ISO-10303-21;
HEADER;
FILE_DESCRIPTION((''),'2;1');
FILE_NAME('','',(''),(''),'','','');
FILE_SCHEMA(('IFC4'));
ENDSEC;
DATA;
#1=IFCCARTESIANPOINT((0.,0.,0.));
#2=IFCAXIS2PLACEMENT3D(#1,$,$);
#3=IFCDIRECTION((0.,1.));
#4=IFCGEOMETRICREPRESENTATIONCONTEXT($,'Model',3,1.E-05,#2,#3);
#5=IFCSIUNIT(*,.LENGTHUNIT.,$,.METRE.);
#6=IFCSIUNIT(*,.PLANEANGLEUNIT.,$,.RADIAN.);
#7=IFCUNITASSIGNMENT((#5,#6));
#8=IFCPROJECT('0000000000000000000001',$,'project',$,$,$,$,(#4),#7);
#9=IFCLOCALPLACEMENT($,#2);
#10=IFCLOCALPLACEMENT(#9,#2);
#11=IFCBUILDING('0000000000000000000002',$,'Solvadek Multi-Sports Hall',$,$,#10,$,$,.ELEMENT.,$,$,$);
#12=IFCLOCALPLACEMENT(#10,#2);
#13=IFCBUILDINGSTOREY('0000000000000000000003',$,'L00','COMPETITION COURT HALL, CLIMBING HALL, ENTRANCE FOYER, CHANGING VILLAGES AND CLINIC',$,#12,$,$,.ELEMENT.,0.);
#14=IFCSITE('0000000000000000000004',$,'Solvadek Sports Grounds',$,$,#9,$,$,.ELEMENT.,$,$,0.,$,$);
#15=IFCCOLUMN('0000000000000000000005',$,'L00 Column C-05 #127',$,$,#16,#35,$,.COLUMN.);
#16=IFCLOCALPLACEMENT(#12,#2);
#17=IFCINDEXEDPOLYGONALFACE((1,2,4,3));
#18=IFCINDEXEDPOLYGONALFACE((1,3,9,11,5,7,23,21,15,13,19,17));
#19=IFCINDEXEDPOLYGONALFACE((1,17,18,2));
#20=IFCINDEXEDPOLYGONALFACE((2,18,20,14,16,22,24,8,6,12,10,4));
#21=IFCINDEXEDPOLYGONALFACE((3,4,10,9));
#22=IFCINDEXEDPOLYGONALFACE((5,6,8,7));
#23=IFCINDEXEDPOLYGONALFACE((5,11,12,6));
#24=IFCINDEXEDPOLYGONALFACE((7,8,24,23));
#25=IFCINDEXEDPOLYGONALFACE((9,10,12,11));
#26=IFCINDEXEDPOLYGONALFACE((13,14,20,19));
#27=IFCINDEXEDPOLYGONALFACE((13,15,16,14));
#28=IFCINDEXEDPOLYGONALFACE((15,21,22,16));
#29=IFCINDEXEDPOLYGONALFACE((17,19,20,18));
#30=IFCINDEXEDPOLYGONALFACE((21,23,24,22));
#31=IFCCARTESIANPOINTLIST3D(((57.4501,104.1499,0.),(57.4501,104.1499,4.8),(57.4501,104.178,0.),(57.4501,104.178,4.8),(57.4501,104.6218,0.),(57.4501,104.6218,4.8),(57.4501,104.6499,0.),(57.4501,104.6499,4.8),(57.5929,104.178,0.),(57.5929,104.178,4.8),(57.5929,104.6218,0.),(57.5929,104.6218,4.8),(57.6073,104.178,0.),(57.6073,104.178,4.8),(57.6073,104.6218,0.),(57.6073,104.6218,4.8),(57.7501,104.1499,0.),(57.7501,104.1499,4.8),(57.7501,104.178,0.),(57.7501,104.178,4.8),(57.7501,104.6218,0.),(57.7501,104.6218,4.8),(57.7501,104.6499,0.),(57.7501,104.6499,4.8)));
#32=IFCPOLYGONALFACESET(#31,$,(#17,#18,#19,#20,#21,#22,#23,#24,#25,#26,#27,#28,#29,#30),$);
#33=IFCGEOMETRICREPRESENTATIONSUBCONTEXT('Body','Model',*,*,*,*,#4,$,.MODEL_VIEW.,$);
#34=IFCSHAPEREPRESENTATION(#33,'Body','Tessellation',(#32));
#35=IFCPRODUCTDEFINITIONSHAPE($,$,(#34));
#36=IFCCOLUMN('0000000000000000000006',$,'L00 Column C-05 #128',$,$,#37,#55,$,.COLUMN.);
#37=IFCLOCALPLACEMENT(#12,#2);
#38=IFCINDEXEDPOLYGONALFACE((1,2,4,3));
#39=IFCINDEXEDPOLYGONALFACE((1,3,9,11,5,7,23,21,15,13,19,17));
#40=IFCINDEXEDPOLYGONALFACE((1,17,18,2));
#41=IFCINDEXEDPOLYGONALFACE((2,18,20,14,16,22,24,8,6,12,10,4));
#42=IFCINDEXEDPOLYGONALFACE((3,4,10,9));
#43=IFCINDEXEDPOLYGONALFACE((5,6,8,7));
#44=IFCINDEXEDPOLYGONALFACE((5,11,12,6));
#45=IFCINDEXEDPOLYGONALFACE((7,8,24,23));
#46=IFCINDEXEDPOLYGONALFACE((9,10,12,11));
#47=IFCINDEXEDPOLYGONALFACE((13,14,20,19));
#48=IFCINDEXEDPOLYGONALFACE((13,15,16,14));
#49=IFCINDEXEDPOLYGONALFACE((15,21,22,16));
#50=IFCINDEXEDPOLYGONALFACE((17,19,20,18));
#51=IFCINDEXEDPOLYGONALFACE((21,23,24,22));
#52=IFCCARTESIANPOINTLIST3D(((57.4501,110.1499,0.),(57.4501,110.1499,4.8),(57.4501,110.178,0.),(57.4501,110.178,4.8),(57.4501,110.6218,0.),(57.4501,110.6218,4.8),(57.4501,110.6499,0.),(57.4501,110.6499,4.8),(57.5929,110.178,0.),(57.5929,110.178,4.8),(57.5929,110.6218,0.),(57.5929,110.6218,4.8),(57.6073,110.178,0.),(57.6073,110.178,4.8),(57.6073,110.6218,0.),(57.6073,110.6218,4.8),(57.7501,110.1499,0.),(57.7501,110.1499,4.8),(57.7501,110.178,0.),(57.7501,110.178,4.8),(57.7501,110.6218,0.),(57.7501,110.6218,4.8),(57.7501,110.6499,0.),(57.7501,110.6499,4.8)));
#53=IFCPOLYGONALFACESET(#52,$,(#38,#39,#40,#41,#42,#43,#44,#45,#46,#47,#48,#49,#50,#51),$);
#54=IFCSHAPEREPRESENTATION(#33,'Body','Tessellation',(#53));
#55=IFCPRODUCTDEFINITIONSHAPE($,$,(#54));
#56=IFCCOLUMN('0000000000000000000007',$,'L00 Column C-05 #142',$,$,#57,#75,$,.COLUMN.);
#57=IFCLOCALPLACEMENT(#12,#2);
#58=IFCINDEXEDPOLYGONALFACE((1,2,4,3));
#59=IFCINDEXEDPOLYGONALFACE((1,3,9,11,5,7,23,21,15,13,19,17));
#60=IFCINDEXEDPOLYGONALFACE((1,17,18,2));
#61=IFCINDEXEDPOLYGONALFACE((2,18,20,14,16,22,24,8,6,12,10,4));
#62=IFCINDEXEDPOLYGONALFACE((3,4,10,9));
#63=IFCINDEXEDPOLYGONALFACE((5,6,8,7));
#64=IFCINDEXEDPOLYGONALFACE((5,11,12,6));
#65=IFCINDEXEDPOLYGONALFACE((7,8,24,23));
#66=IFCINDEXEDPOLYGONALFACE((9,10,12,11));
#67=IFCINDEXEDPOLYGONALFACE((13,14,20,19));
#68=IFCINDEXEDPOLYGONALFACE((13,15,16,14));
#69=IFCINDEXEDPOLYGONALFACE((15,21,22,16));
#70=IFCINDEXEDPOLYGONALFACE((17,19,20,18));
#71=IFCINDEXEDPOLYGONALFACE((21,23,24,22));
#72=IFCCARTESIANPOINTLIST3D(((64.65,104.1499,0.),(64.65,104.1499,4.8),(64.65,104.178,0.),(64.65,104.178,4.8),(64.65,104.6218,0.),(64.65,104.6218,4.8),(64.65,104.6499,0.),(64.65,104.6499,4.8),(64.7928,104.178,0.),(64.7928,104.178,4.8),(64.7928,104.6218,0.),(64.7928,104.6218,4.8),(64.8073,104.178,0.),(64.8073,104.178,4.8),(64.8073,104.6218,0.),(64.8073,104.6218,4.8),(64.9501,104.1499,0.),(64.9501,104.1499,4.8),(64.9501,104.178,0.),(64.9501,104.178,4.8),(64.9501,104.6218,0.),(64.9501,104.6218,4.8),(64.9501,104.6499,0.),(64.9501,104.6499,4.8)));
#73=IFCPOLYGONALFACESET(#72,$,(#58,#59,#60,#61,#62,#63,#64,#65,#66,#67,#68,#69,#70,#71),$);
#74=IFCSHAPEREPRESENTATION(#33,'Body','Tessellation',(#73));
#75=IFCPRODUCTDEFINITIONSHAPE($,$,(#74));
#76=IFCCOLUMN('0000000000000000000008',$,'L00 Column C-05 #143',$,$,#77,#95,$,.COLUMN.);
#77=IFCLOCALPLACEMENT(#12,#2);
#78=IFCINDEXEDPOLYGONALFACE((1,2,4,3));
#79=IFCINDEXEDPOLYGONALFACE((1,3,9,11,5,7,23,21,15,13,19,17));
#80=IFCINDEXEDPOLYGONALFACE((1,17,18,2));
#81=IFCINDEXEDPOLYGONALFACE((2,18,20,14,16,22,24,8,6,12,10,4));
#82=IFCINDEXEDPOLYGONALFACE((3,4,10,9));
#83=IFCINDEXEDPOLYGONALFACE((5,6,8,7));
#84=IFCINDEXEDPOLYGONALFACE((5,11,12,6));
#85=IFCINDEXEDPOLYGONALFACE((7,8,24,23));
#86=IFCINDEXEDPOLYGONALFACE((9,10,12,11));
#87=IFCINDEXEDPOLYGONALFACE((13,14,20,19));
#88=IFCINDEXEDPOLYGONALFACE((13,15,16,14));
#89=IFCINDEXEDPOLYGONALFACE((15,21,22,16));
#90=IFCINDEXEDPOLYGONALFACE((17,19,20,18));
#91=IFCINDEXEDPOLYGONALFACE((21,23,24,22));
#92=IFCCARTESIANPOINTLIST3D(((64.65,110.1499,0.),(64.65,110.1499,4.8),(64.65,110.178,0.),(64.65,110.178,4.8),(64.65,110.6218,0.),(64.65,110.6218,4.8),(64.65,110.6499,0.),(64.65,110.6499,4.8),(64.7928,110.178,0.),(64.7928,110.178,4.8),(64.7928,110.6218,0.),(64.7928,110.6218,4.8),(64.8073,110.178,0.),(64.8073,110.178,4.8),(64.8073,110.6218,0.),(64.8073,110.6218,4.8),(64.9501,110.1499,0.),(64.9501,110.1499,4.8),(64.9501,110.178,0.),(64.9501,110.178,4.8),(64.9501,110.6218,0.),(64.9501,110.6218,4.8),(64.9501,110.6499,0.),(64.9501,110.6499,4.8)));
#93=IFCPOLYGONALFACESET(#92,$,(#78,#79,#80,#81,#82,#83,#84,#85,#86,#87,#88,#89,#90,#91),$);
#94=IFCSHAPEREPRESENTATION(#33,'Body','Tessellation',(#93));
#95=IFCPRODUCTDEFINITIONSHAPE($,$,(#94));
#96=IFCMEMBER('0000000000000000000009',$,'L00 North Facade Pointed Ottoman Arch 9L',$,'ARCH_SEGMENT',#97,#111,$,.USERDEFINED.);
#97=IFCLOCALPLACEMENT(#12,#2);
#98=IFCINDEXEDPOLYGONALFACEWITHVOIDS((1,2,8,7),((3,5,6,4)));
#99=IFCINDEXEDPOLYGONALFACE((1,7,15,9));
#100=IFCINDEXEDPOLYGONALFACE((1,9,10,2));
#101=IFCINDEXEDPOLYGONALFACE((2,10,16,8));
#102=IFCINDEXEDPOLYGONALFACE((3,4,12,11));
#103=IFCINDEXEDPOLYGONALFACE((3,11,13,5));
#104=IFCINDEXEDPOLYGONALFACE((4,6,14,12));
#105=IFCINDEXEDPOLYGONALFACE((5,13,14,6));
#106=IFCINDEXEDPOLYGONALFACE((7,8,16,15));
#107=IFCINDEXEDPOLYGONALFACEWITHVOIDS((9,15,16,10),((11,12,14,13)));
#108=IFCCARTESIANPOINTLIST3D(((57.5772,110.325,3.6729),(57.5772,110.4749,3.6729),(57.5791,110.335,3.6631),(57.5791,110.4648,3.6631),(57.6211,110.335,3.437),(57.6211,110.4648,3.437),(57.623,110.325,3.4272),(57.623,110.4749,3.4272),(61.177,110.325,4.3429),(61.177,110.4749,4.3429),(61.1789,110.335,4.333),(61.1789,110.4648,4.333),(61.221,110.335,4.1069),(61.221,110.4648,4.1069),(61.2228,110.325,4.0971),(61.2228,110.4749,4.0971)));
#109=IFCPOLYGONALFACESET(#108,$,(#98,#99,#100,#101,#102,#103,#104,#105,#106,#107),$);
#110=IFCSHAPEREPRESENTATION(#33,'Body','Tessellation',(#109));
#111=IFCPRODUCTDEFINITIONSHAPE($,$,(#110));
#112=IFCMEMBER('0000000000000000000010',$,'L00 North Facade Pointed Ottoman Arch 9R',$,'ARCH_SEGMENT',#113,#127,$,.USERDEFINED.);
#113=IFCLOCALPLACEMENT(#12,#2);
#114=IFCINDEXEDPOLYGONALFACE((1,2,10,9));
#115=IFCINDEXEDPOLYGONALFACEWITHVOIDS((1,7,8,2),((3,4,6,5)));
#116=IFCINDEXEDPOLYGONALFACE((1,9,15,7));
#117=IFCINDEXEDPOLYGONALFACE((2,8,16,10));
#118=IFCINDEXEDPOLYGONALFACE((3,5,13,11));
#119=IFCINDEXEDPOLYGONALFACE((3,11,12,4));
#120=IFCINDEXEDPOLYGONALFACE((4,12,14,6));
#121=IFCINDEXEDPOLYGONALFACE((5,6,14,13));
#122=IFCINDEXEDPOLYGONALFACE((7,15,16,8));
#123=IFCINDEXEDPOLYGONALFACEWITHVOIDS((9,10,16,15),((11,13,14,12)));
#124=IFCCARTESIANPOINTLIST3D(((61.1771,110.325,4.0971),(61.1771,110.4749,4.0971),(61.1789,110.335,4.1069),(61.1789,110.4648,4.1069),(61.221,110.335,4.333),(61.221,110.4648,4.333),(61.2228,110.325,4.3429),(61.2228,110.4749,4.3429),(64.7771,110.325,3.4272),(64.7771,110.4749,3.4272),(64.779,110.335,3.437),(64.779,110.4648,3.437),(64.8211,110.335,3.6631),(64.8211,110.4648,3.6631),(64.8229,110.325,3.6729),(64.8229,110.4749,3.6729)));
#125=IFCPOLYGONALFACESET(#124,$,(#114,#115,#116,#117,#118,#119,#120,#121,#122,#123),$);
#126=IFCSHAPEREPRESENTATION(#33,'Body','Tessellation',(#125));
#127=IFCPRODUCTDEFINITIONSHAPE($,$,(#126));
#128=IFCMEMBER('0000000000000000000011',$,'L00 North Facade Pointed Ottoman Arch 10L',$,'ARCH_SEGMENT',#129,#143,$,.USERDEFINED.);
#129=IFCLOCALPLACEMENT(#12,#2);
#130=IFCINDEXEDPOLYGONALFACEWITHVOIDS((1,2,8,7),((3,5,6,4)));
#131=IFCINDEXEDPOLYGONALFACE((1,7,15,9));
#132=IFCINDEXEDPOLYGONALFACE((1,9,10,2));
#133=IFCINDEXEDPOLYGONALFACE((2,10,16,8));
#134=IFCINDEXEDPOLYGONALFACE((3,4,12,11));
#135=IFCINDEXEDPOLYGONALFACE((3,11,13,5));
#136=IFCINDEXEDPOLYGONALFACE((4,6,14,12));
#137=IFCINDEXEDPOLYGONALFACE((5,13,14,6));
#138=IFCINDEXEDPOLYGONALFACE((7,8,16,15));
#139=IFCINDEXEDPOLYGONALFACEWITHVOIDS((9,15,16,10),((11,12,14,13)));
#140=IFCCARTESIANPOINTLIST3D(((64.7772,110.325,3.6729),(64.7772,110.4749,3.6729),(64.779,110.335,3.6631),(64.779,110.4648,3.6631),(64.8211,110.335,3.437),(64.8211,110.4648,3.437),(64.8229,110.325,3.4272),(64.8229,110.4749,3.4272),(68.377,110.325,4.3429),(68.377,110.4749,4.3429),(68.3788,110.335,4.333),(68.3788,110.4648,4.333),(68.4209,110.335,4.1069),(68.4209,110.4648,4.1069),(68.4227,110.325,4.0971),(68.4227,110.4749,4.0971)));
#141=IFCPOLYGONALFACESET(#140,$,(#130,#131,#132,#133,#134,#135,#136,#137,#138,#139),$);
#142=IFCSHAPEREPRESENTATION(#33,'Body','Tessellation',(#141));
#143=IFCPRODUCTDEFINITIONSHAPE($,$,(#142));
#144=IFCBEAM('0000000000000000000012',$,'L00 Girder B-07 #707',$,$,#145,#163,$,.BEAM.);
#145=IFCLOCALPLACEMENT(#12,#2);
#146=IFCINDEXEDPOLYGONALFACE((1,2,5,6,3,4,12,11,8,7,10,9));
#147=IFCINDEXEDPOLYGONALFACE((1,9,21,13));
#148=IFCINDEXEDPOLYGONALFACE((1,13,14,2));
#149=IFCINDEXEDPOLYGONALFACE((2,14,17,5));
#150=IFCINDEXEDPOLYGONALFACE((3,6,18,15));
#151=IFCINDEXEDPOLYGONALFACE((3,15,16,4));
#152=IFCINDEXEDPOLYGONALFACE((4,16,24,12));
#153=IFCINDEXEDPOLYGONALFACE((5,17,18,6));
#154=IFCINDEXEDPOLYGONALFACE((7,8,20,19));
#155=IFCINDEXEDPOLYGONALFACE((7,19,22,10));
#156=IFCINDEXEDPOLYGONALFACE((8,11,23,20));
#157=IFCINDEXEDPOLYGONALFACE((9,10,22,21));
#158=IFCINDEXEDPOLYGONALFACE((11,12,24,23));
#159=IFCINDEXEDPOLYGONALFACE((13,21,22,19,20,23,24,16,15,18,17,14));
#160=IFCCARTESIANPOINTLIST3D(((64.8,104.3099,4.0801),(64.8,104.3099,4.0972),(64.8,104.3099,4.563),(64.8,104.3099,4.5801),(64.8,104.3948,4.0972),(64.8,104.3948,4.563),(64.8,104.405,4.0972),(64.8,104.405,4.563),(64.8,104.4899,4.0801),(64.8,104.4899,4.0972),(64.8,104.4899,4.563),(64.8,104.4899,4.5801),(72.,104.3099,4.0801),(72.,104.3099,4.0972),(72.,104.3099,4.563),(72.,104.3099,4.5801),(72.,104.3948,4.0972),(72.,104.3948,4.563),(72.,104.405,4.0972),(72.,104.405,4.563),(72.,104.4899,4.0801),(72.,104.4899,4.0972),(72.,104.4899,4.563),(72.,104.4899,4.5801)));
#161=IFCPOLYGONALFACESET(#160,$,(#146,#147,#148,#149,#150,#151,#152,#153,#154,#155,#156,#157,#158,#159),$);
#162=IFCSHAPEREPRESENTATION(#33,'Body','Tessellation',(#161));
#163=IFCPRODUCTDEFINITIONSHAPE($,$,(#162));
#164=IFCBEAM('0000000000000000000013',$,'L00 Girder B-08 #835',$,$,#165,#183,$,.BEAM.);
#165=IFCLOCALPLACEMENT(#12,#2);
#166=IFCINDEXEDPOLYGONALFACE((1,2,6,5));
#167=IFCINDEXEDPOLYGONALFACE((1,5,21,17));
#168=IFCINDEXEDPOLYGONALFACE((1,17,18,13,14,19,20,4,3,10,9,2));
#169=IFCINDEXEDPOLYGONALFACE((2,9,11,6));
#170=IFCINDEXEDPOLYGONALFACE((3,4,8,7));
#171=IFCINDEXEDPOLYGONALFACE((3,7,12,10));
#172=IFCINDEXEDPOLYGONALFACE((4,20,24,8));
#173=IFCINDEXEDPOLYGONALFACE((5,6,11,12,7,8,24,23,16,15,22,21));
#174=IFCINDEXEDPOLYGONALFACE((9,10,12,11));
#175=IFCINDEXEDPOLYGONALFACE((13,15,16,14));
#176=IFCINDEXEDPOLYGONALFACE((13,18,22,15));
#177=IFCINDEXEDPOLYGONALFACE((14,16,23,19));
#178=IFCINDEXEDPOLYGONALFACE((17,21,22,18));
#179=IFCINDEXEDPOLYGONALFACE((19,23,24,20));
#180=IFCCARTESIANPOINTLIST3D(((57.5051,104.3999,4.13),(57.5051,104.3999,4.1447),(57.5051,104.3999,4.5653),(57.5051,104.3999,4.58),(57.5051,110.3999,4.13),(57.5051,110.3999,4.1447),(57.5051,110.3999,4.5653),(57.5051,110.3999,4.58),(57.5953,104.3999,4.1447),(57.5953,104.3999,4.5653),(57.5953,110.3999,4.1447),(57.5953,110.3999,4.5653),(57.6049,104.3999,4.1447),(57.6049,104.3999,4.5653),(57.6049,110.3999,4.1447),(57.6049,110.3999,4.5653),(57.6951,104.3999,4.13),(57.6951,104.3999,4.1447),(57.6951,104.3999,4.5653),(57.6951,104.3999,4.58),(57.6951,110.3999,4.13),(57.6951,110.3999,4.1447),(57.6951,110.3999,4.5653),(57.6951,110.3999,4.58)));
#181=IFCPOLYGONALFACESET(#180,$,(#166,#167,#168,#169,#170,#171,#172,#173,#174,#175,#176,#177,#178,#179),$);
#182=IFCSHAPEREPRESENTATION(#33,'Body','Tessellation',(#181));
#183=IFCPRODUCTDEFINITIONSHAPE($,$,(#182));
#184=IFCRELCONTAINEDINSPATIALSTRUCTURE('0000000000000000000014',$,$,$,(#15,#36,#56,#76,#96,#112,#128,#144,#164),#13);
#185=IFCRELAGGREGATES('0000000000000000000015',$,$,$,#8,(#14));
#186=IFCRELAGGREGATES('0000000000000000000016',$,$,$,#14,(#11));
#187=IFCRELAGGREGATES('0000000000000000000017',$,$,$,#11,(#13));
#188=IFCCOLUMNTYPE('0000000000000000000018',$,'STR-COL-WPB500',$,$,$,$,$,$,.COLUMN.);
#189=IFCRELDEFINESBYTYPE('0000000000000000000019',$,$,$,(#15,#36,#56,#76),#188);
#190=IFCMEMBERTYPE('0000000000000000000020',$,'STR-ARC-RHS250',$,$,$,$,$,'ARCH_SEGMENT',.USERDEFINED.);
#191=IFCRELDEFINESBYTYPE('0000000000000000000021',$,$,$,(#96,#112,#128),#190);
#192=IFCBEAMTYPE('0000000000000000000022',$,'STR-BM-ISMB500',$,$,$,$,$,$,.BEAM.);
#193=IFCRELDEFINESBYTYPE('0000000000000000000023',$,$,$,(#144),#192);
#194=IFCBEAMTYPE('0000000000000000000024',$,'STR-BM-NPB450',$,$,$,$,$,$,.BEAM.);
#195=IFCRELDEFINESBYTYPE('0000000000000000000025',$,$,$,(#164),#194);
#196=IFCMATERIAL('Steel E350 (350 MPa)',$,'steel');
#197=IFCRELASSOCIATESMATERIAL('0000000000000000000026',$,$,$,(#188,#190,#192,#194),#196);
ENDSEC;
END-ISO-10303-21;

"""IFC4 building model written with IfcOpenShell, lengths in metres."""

from ifc_helpers import new_model, si_unit, direction, frame, origin, origin_2d, place, context, subcontext, project, spatial, hollow_rectangle, i_section, extrude, material, material_profile, profile_set, type_object, element, save


model = new_model("IFC4")

# Units and contexts
model_context = context("Model", 3, precision=1e-05, world=origin(), true_north=direction((0.0, 1.0)))
body_context = subcontext(model_context, "Body", "Model", "MODEL_VIEW")
ifc_project = project(units=[si_unit("LENGTHUNIT", "METRE"), si_unit("PLANEANGLEUNIT", "RADIAN")], contexts=[model_context])

# Site, building, storey
site_placement = place(None, origin())
site = spatial("IfcSite", under=ifc_project, at=site_placement, Name="Solvadek Sports Grounds", CompositionType="ELEMENT", RefElevation=0.0)
building_placement = place(site_placement, origin())
building = spatial("IfcBuilding", under=site, at=building_placement, Name="Solvadek Multi-Sports Hall", CompositionType="ELEMENT")
storey_placement = place(building_placement, origin())
storey = spatial("IfcBuildingStorey", under=building, at=storey_placement, Name="L00", Description="COMPETITION COURT HALL, CLIMBING HALL, ENTRANCE FOYER, CHANGING VILLAGES AND CLINIC", CompositionType="ELEMENT", Elevation=0.0)

# Columns
ifc_material_1 = material(Name="Steel E350 (350 MPa)", Category="steel")
ifc_material_profile_1 = material_profile(ifc_material_1, i_section(OverallWidth=0.3, OverallDepth=0.5, WebThickness=0.0144, FlangeThickness=0.0281, at=origin_2d()), Name="WPB 500")
ifc_profile_set_1 = profile_set([ifc_material_profile_1], Name="Steel E350 (350 MPa)")
column_type = type_object("IfcColumnType", Name="STR-COL-WPB500", PredefinedType="COLUMN", material=ifc_profile_set_1)
for number, where, z_axis, x_axis, name in (
    (1, (57.6001, 104.3999, 0.0), (0.0, 0.0, 1.0), (1.0, 0.0, 0.0), "L00 Column C-05 #127"),
    (2, (57.6001, 110.3999, 0.0), (0.0, 0.0, 1.0), (1.0, 0.0, 0.0), "L00 Column C-05 #128"),
    (3, (64.8, 104.3999, 0.0), (0.0, 0.0, 1.0), (1.0, 0.0, 0.0), "L00 Column C-05 #142"),
    (4, (64.8, 110.3999, 0.0), (0.0, 0.0, 1.0), (1.0, 0.0, 0.0), "L00 Column C-05 #143"),
):
    element("IfcColumn", number, at=place(storey_placement, frame(where, z_axis=z_axis, x_axis=x_axis)), inside=storey, type_object=column_type, Name=name, PredefinedType="COLUMN", context=body_context, shape_type="SweptSolid", body=[
        extrude(i_section(OverallWidth=0.3, OverallDepth=0.5, WebThickness=0.0144, FlangeThickness=0.0281, at=origin_2d()), origin(), (0.0, 0.0, 1.0), 4.8),
    ])

# Members
ifc_material_profile_2 = material_profile(ifc_material_1, hollow_rectangle(XDim=0.1499, YDim=0.25, WallThickness=0.01, at=origin_2d()), Name="RHS 250x150x10")
ifc_profile_set_2 = profile_set([ifc_material_profile_2], Name="Steel E350 (350 MPa)")
member_type = type_object("IfcMemberType", Name="STR-ARC-RHS250", ElementType="ARCH_SEGMENT", PredefinedType="USERDEFINED", material=ifc_profile_set_2)
member_1_placement = place(storey_placement, frame((57.6001, 110.3999, 3.55), z_axis=(0.983121, 0.0, 0.182956), x_axis=(0.0, 1.0, 0.0)))
element("IfcMember", 5, at=member_1_placement, inside=storey, type_object=member_type, Name="L00 North Facade Pointed Ottoman Arch 9L", ObjectType="ARCH_SEGMENT", PredefinedType="USERDEFINED", context=body_context, shape_type="SweptSolid", body=[
    extrude(hollow_rectangle(XDim=0.1499, YDim=0.25, WallThickness=0.01, at=origin_2d()), origin(), (0.0, 0.0, 1.0), 3.6616),
])
member_2_placement = place(storey_placement, frame((61.2, 110.3999, 4.22), z_axis=(0.983123, 0.0, -0.182944), x_axis=(0.0, 1.0, 0.0)))
element("IfcMember", 6, at=member_2_placement, inside=storey, type_object=member_type, Name="L00 North Facade Pointed Ottoman Arch 9R", ObjectType="ARCH_SEGMENT", PredefinedType="USERDEFINED", context=body_context, shape_type="SweptSolid", body=[
    extrude(hollow_rectangle(XDim=0.1499, YDim=0.25, WallThickness=0.01, at=origin_2d()), origin(), (0.0, 0.0, 1.0), 3.6619),
])
member_3_placement = place(storey_placement, frame((64.8, 110.3999, 3.55), z_axis=(0.983121, 0.0, 0.182956), x_axis=(0.0, 1.0, 0.0)))
element("IfcMember", 7, at=member_3_placement, inside=storey, type_object=member_type, Name="L00 North Facade Pointed Ottoman Arch 10L", ObjectType="ARCH_SEGMENT", PredefinedType="USERDEFINED", context=body_context, shape_type="SweptSolid", body=[
    extrude(hollow_rectangle(XDim=0.1499, YDim=0.25, WallThickness=0.01, at=origin_2d()), origin(), (0.0, 0.0, 1.0), 3.6616),
])

# Beams
ifc_material_profile_3 = material_profile(ifc_material_1, i_section(OverallWidth=0.1799, OverallDepth=0.5, WebThickness=0.0103, FlangeThickness=0.0171, at=origin_2d()), Name="ISMB 500")
ifc_profile_set_3 = profile_set([ifc_material_profile_3], Name="Steel E350 (350 MPa)")
beam_type_1 = type_object("IfcBeamType", Name="STR-BM-ISMB500", PredefinedType="BEAM", material=ifc_profile_set_3)
beam_1_placement = place(storey_placement, frame((64.8, 104.3999, 4.3301), z_axis=(1.0, 0.0, 0.0), x_axis=(0.0, 1.0, 0.0)))
element("IfcBeam", 8, at=beam_1_placement, inside=storey, type_object=beam_type_1, Name="L00 Girder B-07 #707", PredefinedType="BEAM", context=body_context, shape_type="SweptSolid", body=[
    extrude(i_section(OverallWidth=0.1799, OverallDepth=0.5, WebThickness=0.0103, FlangeThickness=0.0171, at=origin_2d()), origin(), (0.0, 0.0, 1.0), 7.2),
])
ifc_material_profile_4 = material_profile(ifc_material_1, i_section(OverallWidth=0.1899, OverallDepth=0.45, WebThickness=0.0095, FlangeThickness=0.0146, at=origin_2d()), Name="NPB 450")
ifc_profile_set_4 = profile_set([ifc_material_profile_4], Name="Steel E350 (350 MPa)")
beam_type_2 = type_object("IfcBeamType", Name="STR-BM-NPB450", PredefinedType="BEAM", material=ifc_profile_set_4)
for number, where, z_axis, x_axis, name in (
    (9, (57.6001, 104.3999, 4.355), (0.0, 1.0, 0.0), (-1.0, 0.0, 0.0), "L00 Girder B-08 #835"),
):
    element("IfcBeam", number, at=place(storey_placement, frame(where, z_axis=z_axis, x_axis=x_axis)), inside=storey, type_object=beam_type_2, Name=name, PredefinedType="BEAM", context=body_context, shape_type="SweptSolid", body=[
        extrude(i_section(OverallWidth=0.1899, OverallDepth=0.45, WebThickness=0.0095, FlangeThickness=0.0146, at=origin_2d()), origin(), (0.0, 0.0, 1.0), 6.0),
    ])

save(model, "model.ifc")
